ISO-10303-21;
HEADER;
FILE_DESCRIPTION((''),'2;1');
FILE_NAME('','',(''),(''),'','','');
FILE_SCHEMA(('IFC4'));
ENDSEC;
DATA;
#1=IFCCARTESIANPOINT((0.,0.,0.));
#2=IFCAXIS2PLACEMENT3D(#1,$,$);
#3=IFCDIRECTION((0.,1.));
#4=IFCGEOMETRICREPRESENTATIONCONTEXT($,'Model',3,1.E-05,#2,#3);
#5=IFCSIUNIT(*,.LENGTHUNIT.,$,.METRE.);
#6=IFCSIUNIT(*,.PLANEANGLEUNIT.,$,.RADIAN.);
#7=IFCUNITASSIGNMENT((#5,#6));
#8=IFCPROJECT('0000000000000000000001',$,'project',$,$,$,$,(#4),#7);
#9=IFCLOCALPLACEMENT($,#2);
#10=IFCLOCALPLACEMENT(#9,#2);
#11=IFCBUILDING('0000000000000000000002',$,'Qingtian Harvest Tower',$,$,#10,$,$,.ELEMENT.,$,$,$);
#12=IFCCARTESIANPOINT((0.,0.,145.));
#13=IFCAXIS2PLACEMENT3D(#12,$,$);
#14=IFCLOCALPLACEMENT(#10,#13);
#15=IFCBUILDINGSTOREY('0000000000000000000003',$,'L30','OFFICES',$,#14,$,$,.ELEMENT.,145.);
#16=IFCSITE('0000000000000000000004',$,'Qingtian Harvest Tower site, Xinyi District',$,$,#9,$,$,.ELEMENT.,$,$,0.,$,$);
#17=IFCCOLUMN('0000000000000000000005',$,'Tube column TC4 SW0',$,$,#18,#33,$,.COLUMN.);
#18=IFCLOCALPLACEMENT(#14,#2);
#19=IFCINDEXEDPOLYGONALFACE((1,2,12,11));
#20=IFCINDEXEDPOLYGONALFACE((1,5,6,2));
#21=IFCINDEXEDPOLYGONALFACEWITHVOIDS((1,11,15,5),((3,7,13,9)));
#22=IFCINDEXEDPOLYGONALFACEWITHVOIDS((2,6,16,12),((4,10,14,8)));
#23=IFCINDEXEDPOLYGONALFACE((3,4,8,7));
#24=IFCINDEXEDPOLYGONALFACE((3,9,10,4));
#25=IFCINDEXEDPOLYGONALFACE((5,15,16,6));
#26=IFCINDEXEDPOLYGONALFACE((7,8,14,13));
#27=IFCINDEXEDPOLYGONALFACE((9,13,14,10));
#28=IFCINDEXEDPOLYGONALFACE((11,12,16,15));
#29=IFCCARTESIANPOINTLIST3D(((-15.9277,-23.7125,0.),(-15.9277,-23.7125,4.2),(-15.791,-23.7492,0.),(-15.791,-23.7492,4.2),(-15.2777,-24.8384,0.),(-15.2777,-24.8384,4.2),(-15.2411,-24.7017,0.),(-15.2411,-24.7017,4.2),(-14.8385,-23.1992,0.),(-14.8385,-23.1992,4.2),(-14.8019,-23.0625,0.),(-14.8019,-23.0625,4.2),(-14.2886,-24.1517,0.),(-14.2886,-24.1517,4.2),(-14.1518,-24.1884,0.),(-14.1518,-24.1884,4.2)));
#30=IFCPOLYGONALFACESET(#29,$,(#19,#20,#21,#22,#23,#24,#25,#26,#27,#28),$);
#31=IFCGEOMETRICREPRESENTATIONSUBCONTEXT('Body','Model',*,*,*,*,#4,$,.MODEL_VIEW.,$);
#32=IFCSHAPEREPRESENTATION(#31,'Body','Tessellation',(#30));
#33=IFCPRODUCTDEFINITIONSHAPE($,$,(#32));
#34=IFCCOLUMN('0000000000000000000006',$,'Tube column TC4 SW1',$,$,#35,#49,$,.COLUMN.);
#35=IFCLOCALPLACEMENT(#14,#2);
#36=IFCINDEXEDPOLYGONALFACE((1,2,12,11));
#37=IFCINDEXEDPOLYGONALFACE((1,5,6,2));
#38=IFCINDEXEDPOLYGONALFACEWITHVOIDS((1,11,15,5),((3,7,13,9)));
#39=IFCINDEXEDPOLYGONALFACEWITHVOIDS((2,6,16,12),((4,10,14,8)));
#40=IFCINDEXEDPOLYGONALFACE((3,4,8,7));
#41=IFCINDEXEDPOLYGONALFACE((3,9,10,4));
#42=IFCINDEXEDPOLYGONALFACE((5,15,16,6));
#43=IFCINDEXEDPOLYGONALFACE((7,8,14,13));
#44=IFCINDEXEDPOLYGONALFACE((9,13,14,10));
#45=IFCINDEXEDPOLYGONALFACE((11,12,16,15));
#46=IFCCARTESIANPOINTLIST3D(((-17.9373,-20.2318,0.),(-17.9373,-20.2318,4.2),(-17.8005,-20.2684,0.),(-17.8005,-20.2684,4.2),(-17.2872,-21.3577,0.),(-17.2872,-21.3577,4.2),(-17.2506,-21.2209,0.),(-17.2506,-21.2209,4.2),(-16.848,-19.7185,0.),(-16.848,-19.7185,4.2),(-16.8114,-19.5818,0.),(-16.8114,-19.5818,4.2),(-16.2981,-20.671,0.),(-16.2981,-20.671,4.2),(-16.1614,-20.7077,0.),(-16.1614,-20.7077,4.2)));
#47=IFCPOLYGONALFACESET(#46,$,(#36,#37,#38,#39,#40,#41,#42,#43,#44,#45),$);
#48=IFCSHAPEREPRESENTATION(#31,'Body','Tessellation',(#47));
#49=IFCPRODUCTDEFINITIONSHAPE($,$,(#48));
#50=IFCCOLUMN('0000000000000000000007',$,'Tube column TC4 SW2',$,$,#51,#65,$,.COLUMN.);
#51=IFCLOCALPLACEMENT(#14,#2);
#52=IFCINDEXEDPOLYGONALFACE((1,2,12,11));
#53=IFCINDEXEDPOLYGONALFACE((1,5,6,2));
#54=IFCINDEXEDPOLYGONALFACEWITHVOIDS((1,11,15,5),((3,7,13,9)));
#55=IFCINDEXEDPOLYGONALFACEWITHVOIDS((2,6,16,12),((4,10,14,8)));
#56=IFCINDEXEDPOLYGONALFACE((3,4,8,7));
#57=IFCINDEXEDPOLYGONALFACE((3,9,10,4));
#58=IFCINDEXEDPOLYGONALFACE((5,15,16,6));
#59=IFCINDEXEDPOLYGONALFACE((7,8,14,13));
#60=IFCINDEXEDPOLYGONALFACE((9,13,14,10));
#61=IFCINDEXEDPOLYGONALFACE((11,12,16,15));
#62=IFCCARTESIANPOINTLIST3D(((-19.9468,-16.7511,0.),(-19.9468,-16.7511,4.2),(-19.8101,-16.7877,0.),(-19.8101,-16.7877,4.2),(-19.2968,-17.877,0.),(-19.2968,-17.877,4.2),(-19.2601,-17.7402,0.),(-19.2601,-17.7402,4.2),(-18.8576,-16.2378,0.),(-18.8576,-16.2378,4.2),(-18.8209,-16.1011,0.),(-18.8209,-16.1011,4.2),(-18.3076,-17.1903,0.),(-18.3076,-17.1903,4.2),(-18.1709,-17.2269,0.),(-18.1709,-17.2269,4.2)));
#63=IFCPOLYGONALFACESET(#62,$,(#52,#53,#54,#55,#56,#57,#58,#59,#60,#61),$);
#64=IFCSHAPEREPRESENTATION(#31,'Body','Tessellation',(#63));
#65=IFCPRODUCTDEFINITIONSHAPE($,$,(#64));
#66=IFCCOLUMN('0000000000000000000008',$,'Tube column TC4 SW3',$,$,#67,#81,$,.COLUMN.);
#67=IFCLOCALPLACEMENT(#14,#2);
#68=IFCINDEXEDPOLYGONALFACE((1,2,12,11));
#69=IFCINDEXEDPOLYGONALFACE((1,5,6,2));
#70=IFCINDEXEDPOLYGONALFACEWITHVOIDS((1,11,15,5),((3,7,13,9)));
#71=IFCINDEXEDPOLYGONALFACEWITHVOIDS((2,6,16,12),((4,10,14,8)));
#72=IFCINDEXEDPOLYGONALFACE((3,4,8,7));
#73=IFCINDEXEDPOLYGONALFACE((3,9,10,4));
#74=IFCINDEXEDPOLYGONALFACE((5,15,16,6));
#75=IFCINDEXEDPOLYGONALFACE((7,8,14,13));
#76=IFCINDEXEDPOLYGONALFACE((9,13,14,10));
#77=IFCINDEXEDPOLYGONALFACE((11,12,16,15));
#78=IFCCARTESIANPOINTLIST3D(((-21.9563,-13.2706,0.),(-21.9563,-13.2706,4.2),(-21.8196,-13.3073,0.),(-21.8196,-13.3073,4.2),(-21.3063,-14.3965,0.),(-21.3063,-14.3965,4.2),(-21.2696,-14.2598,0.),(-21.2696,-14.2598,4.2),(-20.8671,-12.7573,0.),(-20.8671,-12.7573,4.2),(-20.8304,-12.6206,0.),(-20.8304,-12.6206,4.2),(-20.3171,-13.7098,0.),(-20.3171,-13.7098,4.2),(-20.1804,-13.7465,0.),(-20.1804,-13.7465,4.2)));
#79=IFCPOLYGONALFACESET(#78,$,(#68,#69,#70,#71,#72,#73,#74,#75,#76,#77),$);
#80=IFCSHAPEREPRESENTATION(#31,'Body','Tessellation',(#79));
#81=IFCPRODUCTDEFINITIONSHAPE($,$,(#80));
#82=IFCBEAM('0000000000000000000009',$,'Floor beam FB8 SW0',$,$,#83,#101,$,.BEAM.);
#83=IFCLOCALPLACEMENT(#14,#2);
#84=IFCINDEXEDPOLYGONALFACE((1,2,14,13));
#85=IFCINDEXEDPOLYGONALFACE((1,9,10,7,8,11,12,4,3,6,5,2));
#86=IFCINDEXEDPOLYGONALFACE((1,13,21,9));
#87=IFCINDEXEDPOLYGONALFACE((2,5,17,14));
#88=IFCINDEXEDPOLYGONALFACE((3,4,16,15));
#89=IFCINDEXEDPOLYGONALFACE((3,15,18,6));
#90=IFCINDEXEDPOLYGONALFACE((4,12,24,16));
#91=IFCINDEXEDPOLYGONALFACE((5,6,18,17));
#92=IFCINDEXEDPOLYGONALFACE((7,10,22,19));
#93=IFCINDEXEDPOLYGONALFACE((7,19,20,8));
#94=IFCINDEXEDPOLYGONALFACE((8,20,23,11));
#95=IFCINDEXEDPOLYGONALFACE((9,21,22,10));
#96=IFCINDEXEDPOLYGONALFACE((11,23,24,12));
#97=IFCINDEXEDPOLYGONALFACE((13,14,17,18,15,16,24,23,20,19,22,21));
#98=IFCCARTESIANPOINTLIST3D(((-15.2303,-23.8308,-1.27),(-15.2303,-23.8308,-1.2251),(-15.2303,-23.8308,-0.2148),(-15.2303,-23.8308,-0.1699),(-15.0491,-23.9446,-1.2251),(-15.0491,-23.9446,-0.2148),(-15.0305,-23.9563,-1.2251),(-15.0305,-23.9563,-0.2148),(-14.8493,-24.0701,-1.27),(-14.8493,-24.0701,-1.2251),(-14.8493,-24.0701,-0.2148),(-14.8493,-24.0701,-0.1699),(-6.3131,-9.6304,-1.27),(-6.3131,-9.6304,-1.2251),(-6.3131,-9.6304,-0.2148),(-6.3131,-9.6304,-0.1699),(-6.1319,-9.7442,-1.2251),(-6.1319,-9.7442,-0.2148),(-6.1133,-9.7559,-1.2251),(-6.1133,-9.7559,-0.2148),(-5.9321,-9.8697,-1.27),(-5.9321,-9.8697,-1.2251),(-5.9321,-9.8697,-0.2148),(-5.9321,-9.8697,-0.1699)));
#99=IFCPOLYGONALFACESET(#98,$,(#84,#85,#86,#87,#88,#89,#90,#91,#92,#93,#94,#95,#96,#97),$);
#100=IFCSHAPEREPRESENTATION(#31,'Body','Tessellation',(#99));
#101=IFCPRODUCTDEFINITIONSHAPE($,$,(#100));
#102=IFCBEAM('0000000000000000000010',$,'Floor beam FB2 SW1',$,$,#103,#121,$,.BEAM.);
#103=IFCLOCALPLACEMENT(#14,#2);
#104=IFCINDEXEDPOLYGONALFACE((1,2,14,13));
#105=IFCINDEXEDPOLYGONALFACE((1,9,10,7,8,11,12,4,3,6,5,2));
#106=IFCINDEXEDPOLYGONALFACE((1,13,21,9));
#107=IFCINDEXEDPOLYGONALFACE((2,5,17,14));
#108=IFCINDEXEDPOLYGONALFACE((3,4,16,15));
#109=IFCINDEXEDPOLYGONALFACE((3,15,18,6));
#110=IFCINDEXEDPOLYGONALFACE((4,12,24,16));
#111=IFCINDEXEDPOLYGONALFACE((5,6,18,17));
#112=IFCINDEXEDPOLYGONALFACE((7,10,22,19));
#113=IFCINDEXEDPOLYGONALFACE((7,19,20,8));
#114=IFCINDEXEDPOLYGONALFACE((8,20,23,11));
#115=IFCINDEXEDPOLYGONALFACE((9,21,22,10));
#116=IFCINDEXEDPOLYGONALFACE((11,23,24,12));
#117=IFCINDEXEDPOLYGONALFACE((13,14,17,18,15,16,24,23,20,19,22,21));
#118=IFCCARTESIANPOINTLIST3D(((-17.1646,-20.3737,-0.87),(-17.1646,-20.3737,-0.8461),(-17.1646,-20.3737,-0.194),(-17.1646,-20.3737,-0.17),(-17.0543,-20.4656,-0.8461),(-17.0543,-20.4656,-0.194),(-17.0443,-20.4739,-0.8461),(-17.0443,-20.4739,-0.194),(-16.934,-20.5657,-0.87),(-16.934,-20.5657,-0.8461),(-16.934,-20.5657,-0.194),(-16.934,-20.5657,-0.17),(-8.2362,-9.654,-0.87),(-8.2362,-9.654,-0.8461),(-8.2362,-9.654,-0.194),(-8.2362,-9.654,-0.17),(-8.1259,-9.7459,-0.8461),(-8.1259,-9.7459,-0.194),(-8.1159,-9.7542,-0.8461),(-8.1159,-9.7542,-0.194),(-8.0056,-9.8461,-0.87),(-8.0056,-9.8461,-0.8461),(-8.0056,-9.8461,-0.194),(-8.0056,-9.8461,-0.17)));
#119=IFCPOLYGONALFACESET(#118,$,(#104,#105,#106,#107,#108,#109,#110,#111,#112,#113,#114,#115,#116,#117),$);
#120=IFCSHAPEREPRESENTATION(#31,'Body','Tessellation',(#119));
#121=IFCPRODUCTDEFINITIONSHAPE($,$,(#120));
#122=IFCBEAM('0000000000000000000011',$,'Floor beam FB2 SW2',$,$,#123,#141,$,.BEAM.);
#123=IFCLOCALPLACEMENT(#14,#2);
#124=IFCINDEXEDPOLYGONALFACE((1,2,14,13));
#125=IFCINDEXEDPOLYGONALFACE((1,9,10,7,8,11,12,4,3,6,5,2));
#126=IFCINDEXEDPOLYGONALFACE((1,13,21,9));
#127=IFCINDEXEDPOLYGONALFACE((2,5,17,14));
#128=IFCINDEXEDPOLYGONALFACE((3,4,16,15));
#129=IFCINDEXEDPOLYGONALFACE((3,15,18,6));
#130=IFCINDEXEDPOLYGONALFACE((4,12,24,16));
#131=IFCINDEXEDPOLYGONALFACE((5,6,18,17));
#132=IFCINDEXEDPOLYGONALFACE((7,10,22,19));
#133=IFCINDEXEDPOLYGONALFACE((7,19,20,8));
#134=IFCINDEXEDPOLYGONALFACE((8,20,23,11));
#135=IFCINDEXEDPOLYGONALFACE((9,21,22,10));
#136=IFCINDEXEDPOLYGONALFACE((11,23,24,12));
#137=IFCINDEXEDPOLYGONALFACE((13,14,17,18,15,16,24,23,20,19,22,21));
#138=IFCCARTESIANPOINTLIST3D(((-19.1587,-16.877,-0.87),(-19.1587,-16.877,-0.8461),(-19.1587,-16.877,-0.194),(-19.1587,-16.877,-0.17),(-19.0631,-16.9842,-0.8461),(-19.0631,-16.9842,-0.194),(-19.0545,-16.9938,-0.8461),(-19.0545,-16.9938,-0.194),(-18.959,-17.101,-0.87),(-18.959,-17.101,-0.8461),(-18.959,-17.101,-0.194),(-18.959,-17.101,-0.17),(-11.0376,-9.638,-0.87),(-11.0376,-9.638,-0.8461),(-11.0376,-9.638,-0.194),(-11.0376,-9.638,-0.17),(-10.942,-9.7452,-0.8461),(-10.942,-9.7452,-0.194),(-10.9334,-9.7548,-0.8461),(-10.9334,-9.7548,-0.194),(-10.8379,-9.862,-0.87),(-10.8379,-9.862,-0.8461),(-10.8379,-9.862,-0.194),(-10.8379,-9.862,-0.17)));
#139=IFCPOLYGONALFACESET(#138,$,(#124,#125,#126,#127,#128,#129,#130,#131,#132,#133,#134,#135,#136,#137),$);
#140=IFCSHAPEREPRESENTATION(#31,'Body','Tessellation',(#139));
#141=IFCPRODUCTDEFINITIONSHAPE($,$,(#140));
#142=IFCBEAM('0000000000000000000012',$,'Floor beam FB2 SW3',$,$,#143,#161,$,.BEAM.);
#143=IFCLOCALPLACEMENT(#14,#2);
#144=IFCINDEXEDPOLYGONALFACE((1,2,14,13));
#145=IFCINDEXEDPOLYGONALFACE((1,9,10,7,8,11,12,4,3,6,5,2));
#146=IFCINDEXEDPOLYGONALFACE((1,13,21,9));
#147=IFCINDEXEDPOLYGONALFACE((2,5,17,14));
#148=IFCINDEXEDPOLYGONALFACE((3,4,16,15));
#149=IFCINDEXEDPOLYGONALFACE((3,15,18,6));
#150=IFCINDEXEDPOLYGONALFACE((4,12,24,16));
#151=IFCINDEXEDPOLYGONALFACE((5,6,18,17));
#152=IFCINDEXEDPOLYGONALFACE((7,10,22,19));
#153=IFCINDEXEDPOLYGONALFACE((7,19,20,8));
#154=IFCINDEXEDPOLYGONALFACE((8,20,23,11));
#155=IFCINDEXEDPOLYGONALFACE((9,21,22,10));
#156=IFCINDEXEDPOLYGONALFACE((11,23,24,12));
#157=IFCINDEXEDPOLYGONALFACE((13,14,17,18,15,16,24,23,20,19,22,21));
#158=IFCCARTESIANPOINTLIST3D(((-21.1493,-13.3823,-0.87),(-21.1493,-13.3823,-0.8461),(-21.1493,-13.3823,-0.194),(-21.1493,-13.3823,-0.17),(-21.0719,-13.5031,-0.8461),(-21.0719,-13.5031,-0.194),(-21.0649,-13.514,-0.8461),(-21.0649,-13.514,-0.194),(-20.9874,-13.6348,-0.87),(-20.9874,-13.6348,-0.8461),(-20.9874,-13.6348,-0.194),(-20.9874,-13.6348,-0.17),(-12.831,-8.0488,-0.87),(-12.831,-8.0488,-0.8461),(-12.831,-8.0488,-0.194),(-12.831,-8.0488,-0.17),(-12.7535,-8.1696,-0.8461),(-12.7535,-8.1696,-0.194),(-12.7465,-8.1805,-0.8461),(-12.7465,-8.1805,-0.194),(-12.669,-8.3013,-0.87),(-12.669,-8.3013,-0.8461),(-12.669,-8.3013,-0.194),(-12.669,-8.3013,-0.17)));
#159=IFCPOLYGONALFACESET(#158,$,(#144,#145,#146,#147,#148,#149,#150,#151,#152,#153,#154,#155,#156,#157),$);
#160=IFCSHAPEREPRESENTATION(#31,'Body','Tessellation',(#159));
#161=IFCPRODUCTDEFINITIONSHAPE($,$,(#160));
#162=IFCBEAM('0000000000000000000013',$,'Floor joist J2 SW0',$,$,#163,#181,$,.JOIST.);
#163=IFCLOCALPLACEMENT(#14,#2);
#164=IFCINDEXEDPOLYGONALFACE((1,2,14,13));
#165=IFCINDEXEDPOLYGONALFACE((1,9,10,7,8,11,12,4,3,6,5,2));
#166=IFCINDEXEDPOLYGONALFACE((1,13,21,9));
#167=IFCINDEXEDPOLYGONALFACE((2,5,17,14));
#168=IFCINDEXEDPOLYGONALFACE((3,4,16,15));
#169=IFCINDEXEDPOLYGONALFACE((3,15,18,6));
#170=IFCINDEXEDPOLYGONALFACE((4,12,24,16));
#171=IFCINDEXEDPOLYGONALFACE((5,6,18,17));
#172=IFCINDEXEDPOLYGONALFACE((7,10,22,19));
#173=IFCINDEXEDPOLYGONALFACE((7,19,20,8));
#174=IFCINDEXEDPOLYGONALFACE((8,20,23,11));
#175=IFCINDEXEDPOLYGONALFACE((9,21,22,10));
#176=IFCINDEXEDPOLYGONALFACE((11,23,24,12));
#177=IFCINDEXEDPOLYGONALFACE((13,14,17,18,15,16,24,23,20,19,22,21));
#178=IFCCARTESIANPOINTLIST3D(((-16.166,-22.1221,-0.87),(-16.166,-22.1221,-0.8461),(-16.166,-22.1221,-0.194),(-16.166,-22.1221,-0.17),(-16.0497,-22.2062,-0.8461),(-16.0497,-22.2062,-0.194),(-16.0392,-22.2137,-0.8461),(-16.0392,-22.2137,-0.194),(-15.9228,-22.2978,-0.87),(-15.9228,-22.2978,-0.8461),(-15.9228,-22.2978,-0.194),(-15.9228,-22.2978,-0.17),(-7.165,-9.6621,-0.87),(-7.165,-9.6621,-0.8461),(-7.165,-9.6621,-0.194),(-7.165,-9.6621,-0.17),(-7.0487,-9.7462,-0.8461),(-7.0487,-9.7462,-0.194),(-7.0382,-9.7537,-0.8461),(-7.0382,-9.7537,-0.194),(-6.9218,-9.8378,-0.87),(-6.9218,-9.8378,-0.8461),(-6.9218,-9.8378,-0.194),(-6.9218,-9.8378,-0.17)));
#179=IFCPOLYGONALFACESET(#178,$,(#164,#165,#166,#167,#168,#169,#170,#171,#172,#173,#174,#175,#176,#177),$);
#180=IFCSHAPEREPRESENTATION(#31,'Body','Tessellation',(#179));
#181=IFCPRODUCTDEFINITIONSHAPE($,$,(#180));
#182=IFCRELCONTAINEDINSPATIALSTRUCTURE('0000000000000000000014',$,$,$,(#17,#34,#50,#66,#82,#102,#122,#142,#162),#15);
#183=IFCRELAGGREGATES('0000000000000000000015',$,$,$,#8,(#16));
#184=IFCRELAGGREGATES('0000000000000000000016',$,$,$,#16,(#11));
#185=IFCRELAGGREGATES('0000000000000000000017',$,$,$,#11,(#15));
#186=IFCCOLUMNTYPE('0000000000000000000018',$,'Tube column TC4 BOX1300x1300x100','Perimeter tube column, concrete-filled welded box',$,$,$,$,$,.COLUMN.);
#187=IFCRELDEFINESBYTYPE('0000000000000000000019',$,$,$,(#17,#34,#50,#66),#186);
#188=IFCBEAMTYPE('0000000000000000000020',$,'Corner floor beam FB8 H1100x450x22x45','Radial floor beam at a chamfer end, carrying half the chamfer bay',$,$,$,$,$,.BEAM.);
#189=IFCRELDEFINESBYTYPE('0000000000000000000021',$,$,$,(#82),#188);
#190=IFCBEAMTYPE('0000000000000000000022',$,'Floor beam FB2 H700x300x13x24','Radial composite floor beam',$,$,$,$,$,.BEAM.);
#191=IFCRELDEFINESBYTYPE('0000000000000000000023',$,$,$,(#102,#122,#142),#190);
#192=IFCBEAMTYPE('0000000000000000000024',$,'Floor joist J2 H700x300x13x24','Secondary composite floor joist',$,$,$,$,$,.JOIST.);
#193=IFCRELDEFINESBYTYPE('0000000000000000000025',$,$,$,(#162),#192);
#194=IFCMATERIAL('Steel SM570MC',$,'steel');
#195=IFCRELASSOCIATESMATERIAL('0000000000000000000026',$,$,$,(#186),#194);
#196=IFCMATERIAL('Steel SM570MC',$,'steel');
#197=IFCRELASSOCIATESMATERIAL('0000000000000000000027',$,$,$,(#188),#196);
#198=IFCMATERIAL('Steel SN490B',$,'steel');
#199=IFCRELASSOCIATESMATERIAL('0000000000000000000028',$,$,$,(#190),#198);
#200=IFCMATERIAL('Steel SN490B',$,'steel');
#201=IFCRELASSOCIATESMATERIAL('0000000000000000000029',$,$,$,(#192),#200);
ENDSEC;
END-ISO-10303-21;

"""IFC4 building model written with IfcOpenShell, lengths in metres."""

from ifc_helpers import new_model, si_unit, direction, frame, origin, origin_2d, place, context, subcontext, project, spatial, hollow_rectangle, i_section, extrude, material, material_profile, profile_set, type_object, element, save


model = new_model("IFC4")

# Units and contexts
model_context = context("Model", 3, precision=1e-05, world=origin(), true_north=direction((0.0, 1.0)))
body_context = subcontext(model_context, "Body", "Model", "MODEL_VIEW")
ifc_project = project(units=[si_unit("LENGTHUNIT", "METRE"), si_unit("PLANEANGLEUNIT", "RADIAN")], contexts=[model_context])

# Site, building, storey
site_placement = place(None, origin())
site = spatial("IfcSite", under=ifc_project, at=site_placement, Name="Qingtian Harvest Tower site, Xinyi District", CompositionType="ELEMENT", RefElevation=0.0)
building_placement = place(site_placement, origin())
building = spatial("IfcBuilding", under=site, at=building_placement, Name="Qingtian Harvest Tower", CompositionType="ELEMENT")
storey_placement = place(building_placement, frame((0.0, 0.0, 145.0)))
storey = spatial("IfcBuildingStorey", under=building, at=storey_placement, Name="L30", Description="OFFICES", CompositionType="ELEMENT", Elevation=145.0)

# Columns
ifc_material_1 = material(Name="Steel SM570MC", Category="steel")
ifc_material_profile_1 = material_profile(ifc_material_1, hollow_rectangle(XDim=1.3, YDim=1.3, WallThickness=0.1001, at=origin_2d()), Name="BOX1300x1300x100")
ifc_profile_set_1 = profile_set([ifc_material_profile_1], Name="Steel SM570MC")
column_type = type_object("IfcColumnType", Name="Tube column TC4 BOX1300x1300x100", Description="Perimeter tube column, concrete-filled welded box", PredefinedType="COLUMN", material=ifc_profile_set_1)
for number, where, z_axis, x_axis, name in (
    (1, (-15.0398, -23.9504, 0.0), (0.0, 0.0, 1.0), (0.5, -0.866025, 0.0), "Tube column TC4 SW0"),
    (2, (-17.0493, -20.4697, 0.0), (0.0, 0.0, 1.0), (0.5, -0.866025, 0.0), "Tube column TC4 SW1"),
    (3, (-19.0588, -16.989, 0.0), (0.0, 0.0, 1.0), (0.5, -0.866025, 0.0), "Tube column TC4 SW2"),
    (4, (-21.0684, -13.5085, 0.0), (0.0, 0.0, 1.0), (0.5, -0.866025, 0.0), "Tube column TC4 SW3"),
):
    element("IfcColumn", number, at=place(storey_placement, frame(where, z_axis=z_axis, x_axis=x_axis)), inside=storey, type_object=column_type, Name=name, PredefinedType="COLUMN", context=body_context, shape_type="SweptSolid", body=[
        extrude(hollow_rectangle(XDim=1.3, YDim=1.3, WallThickness=0.1001, at=origin_2d()), origin(), (0.0, 0.0, 1.0), 4.2),
    ])

# Beams
ifc_material_2 = material(Name="Steel SM570MC", Category="steel")
ifc_material_profile_2 = material_profile(ifc_material_2, i_section(OverallWidth=0.45, OverallDepth=1.1001, WebThickness=0.022, FlangeThickness=0.0449, at=origin_2d()), Name="H1100x450x22x45")
ifc_profile_set_2 = profile_set([ifc_material_profile_2], Name="Steel SM570MC")
beam_type_1 = type_object("IfcBeamType", Name="Corner floor beam FB8 H1100x450x22x45", Description="Radial floor beam at a chamfer end, carrying half the chamfer bay", PredefinedType="BEAM", material=ifc_profile_set_2)
beam_1_placement = place(storey_placement, frame((-15.0398, -23.9504, -0.72), z_axis=(0.531797, 0.846872, 0.0), x_axis=(-0.846872, 0.531797, 0.0)))
element("IfcBeam", 5, at=beam_1_placement, inside=storey, type_object=beam_type_1, Name="Floor beam FB8 SW0", PredefinedType="BEAM", context=body_context, shape_type="SweptSolid", body=[
    extrude(i_section(OverallWidth=0.45, OverallDepth=1.1001, WebThickness=0.022, FlangeThickness=0.0449, at=origin_2d()), origin(), (0.0, 0.0, 1.0), 16.7681),
])
ifc_material_3 = material(Name="Steel SN490B", Category="steel")
ifc_material_profile_3 = material_profile(ifc_material_3, i_section(OverallWidth=0.3, OverallDepth=0.7, WebThickness=0.0129, FlangeThickness=0.0239, at=origin_2d()), Name="H700x300x13x24")
ifc_profile_set_3 = profile_set([ifc_material_profile_3], Name="Steel SN490B")
beam_type_2 = type_object("IfcBeamType", Name="Floor beam FB2 H700x300x13x24", Description="Radial composite floor beam", PredefinedType="BEAM", material=ifc_profile_set_3)
beam_2_placement = place(storey_placement, frame((-17.0493, -20.4697, -0.52), z_axis=(0.639988, 0.768385, 0.0), x_axis=(-0.768385, 0.639988, 0.0)))
element("IfcBeam", 6, at=beam_2_placement, inside=storey, type_object=beam_type_2, Name="Floor beam FB2 SW1", PredefinedType="BEAM", context=body_context, shape_type="SweptSolid", body=[
    extrude(i_section(OverallWidth=0.3, OverallDepth=0.7, WebThickness=0.0129, FlangeThickness=0.0239, at=origin_2d()), origin(), (0.0, 0.0, 1.0), 13.9509),
])
beam_3_placement = place(storey_placement, frame((-19.0588, -16.989, -0.52), z_axis=(0.746484, 0.665404, 0.0), x_axis=(-0.665404, 0.746484, 0.0)))
element("IfcBeam", 7, at=beam_3_placement, inside=storey, type_object=beam_type_2, Name="Floor beam FB2 SW2", PredefinedType="BEAM", context=body_context, shape_type="SweptSolid", body=[
    extrude(i_section(OverallWidth=0.3, OverallDepth=0.7, WebThickness=0.0129, FlangeThickness=0.0239, at=origin_2d()), origin(), (0.0, 0.0, 1.0), 10.8792),
])
beam_4_placement = place(storey_placement, frame((-21.0684, -13.5085, -0.52), z_axis=(0.841823, 0.539753, 0.0), x_axis=(-0.539753, 0.841823, 0.0)))
element("IfcBeam", 8, at=beam_4_placement, inside=storey, type_object=beam_type_2, Name="Floor beam FB2 SW3", PredefinedType="BEAM", context=body_context, shape_type="SweptSolid", body=[
    extrude(i_section(OverallWidth=0.3, OverallDepth=0.7, WebThickness=0.0129, FlangeThickness=0.0239, at=origin_2d()), origin(), (0.0, 0.0, 1.0), 9.8813),
])
ifc_material_4 = material(Name="Steel SN490B", Category="steel")
ifc_material_profile_4 = material_profile(ifc_material_4, i_section(OverallWidth=0.3, OverallDepth=0.7, WebThickness=0.0129, FlangeThickness=0.0239, at=origin_2d()), Name="H700x300x13x24")
ifc_profile_set_4 = profile_set([ifc_material_profile_4], Name="Steel SN490B")
beam_type_3 = type_object("IfcBeamType", Name="Floor joist J2 H700x300x13x24", Description="Secondary composite floor joist", PredefinedType="JOIST", material=ifc_profile_set_4)
beam_5_placement = place(storey_placement, frame((-16.0444, -22.21, -0.52), z_axis=(0.585581, 0.810614, 0.0), x_axis=(-0.810614, 0.585581, 0.0)))
element("IfcBeam", 9, at=beam_5_placement, inside=storey, type_object=beam_type_3, Name="Floor joist J2 SW0", PredefinedType="JOIST", context=body_context, shape_type="SweptSolid", body=[
    extrude(i_section(OverallWidth=0.3, OverallDepth=0.7, WebThickness=0.0129, FlangeThickness=0.0239, at=origin_2d()), origin(), (0.0, 0.0, 1.0), 15.3711),
])

save(model, "model.ifc")
